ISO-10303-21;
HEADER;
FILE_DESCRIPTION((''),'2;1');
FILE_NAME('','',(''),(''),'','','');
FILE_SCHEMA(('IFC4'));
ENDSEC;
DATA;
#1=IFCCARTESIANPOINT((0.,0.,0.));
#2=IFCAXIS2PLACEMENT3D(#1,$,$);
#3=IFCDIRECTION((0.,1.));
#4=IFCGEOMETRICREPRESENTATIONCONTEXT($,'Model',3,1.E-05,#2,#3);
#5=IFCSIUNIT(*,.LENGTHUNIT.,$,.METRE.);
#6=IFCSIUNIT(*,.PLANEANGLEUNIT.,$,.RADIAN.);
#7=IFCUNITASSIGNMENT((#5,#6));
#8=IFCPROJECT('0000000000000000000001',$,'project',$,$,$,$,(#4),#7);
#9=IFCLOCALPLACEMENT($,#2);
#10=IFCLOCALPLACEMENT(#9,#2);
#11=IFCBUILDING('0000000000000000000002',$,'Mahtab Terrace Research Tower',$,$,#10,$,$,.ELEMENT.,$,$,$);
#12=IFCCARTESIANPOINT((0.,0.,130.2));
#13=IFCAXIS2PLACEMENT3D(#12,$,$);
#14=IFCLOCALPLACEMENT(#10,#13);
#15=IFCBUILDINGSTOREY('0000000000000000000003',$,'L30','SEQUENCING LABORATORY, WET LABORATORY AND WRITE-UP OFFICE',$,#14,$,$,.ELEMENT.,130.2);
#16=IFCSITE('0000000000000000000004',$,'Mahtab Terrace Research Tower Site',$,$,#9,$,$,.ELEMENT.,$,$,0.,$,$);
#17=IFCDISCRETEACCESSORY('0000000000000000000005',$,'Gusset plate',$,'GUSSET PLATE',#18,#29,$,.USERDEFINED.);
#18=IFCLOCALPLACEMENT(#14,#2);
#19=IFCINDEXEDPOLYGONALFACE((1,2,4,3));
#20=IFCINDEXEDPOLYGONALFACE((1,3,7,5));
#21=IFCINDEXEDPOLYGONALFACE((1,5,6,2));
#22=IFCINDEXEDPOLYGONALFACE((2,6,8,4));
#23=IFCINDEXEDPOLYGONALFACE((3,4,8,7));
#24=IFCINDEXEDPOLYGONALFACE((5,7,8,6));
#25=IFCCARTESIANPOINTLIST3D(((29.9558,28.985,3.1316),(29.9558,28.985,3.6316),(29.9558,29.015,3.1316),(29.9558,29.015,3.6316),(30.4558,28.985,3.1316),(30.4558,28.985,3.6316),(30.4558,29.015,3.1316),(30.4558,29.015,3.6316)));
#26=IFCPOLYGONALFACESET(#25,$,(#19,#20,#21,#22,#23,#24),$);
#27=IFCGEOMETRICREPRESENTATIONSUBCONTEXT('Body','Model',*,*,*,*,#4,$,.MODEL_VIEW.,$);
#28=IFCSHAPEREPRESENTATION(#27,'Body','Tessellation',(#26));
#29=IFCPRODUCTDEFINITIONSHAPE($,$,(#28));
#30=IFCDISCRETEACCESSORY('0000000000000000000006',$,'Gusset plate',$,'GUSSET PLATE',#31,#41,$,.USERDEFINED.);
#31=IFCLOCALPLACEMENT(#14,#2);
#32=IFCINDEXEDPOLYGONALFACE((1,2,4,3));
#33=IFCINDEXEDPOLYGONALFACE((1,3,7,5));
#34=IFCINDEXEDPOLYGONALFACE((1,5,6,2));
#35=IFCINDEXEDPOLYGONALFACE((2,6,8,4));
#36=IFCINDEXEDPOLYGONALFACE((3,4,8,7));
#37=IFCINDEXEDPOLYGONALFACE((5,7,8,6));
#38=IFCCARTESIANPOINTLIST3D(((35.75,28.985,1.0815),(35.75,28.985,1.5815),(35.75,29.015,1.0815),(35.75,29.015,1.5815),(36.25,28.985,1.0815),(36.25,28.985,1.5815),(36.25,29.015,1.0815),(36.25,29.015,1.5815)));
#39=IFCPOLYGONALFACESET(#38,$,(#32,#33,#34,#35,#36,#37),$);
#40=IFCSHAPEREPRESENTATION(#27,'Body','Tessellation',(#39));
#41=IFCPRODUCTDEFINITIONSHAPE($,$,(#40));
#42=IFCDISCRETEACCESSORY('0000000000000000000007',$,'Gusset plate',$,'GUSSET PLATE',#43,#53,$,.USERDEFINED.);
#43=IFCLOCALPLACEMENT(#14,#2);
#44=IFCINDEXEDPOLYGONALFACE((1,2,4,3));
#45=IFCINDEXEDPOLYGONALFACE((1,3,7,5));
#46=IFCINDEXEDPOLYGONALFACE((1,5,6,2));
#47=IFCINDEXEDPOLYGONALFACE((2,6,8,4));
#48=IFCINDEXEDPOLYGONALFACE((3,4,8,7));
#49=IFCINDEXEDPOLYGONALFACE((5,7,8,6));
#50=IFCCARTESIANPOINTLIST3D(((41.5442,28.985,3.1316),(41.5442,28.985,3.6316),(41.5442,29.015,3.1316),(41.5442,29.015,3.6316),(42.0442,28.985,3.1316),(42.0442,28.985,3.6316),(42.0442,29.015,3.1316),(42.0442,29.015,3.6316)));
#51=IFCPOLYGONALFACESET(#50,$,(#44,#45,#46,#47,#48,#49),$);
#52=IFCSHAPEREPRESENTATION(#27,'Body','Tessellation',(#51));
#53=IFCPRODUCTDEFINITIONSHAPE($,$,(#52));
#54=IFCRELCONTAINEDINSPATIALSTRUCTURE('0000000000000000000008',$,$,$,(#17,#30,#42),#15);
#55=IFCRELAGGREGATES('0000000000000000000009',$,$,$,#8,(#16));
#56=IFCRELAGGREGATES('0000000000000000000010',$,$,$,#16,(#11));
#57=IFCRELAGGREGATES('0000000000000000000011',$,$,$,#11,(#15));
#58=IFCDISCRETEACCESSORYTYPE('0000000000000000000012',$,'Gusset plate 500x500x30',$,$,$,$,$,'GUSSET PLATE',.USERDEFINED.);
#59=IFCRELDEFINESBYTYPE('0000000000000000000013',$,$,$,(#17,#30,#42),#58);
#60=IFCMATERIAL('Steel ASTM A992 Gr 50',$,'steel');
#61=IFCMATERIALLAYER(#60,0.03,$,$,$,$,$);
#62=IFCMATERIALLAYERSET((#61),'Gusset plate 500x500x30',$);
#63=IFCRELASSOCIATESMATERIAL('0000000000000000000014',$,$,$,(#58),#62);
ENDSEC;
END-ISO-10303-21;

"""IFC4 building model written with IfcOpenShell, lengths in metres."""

from ifc_helpers import new_model, si_unit, direction, frame, origin, origin_2d, place, context, subcontext, project, spatial, rectangle, extrude, material, layer, layer_set, type_object, element, save


model = new_model("IFC4")

# Units and contexts
model_context = context("Model", 3, precision=1e-05, world=origin(), true_north=direction((0.0, 1.0)))
body_context = subcontext(model_context, "Body", "Model", "MODEL_VIEW")
ifc_project = project(units=[si_unit("LENGTHUNIT", "METRE"), si_unit("PLANEANGLEUNIT", "RADIAN")], contexts=[model_context])

# Site, building, storey
site_placement = place(None, origin())
site = spatial("IfcSite", under=ifc_project, at=site_placement, Name="Mahtab Terrace Research Tower Site", CompositionType="ELEMENT", RefElevation=0.0)
building_placement = place(site_placement, origin())
building = spatial("IfcBuilding", under=site, at=building_placement, Name="Mahtab Terrace Research Tower", CompositionType="ELEMENT")
storey_placement = place(building_placement, frame((0.0, 0.0, 130.2)))
storey = spatial("IfcBuildingStorey", under=building, at=storey_placement, Name="L30", Description="SEQUENCING LABORATORY, WET LABORATORY AND WRITE-UP OFFICE", CompositionType="ELEMENT", Elevation=130.2)

# Shared definitions
ifc_material_1 = material(Name="Steel ASTM A992 Gr 50", Category="steel")

# Discrete accessories
ifc_layer_1 = layer(ifc_material_1, 0.03)
ifc_layer_set_1 = layer_set([ifc_layer_1], Name="Gusset plate 500x500x30")
discrete_accessory_type = type_object("IfcDiscreteAccessoryType", Name="Gusset plate 500x500x30", ElementType="GUSSET PLATE", PredefinedType="USERDEFINED", material=ifc_layer_set_1)
for number, where, z_axis, x_axis, name in (
    (1, (30.2058, 29.0, 3.1316), (0.0, 0.0, 1.0), (1.0, 0.0, 0.0), "Gusset plate"),
    (2, (36.0, 29.0, 1.0815), (0.0, 0.0, 1.0), (1.0, 0.0, 0.0), "Gusset plate"),
    (3, (41.7942, 29.0, 3.1316), (0.0, 0.0, 1.0), (1.0, 0.0, 0.0), "Gusset plate"),
):
    element("IfcDiscreteAccessory", number, at=place(storey_placement, frame(where, z_axis=z_axis, x_axis=x_axis)), inside=storey, type_object=discrete_accessory_type, Name=name, ObjectType="GUSSET PLATE", PredefinedType="USERDEFINED", context=body_context, shape_type="SweptSolid", body=[
        extrude(rectangle(XDim=0.5, YDim=0.03, at=origin_2d()), origin(), (0.0, 0.0, 1.0), 0.5),
    ])

save(model, "model.ifc")
